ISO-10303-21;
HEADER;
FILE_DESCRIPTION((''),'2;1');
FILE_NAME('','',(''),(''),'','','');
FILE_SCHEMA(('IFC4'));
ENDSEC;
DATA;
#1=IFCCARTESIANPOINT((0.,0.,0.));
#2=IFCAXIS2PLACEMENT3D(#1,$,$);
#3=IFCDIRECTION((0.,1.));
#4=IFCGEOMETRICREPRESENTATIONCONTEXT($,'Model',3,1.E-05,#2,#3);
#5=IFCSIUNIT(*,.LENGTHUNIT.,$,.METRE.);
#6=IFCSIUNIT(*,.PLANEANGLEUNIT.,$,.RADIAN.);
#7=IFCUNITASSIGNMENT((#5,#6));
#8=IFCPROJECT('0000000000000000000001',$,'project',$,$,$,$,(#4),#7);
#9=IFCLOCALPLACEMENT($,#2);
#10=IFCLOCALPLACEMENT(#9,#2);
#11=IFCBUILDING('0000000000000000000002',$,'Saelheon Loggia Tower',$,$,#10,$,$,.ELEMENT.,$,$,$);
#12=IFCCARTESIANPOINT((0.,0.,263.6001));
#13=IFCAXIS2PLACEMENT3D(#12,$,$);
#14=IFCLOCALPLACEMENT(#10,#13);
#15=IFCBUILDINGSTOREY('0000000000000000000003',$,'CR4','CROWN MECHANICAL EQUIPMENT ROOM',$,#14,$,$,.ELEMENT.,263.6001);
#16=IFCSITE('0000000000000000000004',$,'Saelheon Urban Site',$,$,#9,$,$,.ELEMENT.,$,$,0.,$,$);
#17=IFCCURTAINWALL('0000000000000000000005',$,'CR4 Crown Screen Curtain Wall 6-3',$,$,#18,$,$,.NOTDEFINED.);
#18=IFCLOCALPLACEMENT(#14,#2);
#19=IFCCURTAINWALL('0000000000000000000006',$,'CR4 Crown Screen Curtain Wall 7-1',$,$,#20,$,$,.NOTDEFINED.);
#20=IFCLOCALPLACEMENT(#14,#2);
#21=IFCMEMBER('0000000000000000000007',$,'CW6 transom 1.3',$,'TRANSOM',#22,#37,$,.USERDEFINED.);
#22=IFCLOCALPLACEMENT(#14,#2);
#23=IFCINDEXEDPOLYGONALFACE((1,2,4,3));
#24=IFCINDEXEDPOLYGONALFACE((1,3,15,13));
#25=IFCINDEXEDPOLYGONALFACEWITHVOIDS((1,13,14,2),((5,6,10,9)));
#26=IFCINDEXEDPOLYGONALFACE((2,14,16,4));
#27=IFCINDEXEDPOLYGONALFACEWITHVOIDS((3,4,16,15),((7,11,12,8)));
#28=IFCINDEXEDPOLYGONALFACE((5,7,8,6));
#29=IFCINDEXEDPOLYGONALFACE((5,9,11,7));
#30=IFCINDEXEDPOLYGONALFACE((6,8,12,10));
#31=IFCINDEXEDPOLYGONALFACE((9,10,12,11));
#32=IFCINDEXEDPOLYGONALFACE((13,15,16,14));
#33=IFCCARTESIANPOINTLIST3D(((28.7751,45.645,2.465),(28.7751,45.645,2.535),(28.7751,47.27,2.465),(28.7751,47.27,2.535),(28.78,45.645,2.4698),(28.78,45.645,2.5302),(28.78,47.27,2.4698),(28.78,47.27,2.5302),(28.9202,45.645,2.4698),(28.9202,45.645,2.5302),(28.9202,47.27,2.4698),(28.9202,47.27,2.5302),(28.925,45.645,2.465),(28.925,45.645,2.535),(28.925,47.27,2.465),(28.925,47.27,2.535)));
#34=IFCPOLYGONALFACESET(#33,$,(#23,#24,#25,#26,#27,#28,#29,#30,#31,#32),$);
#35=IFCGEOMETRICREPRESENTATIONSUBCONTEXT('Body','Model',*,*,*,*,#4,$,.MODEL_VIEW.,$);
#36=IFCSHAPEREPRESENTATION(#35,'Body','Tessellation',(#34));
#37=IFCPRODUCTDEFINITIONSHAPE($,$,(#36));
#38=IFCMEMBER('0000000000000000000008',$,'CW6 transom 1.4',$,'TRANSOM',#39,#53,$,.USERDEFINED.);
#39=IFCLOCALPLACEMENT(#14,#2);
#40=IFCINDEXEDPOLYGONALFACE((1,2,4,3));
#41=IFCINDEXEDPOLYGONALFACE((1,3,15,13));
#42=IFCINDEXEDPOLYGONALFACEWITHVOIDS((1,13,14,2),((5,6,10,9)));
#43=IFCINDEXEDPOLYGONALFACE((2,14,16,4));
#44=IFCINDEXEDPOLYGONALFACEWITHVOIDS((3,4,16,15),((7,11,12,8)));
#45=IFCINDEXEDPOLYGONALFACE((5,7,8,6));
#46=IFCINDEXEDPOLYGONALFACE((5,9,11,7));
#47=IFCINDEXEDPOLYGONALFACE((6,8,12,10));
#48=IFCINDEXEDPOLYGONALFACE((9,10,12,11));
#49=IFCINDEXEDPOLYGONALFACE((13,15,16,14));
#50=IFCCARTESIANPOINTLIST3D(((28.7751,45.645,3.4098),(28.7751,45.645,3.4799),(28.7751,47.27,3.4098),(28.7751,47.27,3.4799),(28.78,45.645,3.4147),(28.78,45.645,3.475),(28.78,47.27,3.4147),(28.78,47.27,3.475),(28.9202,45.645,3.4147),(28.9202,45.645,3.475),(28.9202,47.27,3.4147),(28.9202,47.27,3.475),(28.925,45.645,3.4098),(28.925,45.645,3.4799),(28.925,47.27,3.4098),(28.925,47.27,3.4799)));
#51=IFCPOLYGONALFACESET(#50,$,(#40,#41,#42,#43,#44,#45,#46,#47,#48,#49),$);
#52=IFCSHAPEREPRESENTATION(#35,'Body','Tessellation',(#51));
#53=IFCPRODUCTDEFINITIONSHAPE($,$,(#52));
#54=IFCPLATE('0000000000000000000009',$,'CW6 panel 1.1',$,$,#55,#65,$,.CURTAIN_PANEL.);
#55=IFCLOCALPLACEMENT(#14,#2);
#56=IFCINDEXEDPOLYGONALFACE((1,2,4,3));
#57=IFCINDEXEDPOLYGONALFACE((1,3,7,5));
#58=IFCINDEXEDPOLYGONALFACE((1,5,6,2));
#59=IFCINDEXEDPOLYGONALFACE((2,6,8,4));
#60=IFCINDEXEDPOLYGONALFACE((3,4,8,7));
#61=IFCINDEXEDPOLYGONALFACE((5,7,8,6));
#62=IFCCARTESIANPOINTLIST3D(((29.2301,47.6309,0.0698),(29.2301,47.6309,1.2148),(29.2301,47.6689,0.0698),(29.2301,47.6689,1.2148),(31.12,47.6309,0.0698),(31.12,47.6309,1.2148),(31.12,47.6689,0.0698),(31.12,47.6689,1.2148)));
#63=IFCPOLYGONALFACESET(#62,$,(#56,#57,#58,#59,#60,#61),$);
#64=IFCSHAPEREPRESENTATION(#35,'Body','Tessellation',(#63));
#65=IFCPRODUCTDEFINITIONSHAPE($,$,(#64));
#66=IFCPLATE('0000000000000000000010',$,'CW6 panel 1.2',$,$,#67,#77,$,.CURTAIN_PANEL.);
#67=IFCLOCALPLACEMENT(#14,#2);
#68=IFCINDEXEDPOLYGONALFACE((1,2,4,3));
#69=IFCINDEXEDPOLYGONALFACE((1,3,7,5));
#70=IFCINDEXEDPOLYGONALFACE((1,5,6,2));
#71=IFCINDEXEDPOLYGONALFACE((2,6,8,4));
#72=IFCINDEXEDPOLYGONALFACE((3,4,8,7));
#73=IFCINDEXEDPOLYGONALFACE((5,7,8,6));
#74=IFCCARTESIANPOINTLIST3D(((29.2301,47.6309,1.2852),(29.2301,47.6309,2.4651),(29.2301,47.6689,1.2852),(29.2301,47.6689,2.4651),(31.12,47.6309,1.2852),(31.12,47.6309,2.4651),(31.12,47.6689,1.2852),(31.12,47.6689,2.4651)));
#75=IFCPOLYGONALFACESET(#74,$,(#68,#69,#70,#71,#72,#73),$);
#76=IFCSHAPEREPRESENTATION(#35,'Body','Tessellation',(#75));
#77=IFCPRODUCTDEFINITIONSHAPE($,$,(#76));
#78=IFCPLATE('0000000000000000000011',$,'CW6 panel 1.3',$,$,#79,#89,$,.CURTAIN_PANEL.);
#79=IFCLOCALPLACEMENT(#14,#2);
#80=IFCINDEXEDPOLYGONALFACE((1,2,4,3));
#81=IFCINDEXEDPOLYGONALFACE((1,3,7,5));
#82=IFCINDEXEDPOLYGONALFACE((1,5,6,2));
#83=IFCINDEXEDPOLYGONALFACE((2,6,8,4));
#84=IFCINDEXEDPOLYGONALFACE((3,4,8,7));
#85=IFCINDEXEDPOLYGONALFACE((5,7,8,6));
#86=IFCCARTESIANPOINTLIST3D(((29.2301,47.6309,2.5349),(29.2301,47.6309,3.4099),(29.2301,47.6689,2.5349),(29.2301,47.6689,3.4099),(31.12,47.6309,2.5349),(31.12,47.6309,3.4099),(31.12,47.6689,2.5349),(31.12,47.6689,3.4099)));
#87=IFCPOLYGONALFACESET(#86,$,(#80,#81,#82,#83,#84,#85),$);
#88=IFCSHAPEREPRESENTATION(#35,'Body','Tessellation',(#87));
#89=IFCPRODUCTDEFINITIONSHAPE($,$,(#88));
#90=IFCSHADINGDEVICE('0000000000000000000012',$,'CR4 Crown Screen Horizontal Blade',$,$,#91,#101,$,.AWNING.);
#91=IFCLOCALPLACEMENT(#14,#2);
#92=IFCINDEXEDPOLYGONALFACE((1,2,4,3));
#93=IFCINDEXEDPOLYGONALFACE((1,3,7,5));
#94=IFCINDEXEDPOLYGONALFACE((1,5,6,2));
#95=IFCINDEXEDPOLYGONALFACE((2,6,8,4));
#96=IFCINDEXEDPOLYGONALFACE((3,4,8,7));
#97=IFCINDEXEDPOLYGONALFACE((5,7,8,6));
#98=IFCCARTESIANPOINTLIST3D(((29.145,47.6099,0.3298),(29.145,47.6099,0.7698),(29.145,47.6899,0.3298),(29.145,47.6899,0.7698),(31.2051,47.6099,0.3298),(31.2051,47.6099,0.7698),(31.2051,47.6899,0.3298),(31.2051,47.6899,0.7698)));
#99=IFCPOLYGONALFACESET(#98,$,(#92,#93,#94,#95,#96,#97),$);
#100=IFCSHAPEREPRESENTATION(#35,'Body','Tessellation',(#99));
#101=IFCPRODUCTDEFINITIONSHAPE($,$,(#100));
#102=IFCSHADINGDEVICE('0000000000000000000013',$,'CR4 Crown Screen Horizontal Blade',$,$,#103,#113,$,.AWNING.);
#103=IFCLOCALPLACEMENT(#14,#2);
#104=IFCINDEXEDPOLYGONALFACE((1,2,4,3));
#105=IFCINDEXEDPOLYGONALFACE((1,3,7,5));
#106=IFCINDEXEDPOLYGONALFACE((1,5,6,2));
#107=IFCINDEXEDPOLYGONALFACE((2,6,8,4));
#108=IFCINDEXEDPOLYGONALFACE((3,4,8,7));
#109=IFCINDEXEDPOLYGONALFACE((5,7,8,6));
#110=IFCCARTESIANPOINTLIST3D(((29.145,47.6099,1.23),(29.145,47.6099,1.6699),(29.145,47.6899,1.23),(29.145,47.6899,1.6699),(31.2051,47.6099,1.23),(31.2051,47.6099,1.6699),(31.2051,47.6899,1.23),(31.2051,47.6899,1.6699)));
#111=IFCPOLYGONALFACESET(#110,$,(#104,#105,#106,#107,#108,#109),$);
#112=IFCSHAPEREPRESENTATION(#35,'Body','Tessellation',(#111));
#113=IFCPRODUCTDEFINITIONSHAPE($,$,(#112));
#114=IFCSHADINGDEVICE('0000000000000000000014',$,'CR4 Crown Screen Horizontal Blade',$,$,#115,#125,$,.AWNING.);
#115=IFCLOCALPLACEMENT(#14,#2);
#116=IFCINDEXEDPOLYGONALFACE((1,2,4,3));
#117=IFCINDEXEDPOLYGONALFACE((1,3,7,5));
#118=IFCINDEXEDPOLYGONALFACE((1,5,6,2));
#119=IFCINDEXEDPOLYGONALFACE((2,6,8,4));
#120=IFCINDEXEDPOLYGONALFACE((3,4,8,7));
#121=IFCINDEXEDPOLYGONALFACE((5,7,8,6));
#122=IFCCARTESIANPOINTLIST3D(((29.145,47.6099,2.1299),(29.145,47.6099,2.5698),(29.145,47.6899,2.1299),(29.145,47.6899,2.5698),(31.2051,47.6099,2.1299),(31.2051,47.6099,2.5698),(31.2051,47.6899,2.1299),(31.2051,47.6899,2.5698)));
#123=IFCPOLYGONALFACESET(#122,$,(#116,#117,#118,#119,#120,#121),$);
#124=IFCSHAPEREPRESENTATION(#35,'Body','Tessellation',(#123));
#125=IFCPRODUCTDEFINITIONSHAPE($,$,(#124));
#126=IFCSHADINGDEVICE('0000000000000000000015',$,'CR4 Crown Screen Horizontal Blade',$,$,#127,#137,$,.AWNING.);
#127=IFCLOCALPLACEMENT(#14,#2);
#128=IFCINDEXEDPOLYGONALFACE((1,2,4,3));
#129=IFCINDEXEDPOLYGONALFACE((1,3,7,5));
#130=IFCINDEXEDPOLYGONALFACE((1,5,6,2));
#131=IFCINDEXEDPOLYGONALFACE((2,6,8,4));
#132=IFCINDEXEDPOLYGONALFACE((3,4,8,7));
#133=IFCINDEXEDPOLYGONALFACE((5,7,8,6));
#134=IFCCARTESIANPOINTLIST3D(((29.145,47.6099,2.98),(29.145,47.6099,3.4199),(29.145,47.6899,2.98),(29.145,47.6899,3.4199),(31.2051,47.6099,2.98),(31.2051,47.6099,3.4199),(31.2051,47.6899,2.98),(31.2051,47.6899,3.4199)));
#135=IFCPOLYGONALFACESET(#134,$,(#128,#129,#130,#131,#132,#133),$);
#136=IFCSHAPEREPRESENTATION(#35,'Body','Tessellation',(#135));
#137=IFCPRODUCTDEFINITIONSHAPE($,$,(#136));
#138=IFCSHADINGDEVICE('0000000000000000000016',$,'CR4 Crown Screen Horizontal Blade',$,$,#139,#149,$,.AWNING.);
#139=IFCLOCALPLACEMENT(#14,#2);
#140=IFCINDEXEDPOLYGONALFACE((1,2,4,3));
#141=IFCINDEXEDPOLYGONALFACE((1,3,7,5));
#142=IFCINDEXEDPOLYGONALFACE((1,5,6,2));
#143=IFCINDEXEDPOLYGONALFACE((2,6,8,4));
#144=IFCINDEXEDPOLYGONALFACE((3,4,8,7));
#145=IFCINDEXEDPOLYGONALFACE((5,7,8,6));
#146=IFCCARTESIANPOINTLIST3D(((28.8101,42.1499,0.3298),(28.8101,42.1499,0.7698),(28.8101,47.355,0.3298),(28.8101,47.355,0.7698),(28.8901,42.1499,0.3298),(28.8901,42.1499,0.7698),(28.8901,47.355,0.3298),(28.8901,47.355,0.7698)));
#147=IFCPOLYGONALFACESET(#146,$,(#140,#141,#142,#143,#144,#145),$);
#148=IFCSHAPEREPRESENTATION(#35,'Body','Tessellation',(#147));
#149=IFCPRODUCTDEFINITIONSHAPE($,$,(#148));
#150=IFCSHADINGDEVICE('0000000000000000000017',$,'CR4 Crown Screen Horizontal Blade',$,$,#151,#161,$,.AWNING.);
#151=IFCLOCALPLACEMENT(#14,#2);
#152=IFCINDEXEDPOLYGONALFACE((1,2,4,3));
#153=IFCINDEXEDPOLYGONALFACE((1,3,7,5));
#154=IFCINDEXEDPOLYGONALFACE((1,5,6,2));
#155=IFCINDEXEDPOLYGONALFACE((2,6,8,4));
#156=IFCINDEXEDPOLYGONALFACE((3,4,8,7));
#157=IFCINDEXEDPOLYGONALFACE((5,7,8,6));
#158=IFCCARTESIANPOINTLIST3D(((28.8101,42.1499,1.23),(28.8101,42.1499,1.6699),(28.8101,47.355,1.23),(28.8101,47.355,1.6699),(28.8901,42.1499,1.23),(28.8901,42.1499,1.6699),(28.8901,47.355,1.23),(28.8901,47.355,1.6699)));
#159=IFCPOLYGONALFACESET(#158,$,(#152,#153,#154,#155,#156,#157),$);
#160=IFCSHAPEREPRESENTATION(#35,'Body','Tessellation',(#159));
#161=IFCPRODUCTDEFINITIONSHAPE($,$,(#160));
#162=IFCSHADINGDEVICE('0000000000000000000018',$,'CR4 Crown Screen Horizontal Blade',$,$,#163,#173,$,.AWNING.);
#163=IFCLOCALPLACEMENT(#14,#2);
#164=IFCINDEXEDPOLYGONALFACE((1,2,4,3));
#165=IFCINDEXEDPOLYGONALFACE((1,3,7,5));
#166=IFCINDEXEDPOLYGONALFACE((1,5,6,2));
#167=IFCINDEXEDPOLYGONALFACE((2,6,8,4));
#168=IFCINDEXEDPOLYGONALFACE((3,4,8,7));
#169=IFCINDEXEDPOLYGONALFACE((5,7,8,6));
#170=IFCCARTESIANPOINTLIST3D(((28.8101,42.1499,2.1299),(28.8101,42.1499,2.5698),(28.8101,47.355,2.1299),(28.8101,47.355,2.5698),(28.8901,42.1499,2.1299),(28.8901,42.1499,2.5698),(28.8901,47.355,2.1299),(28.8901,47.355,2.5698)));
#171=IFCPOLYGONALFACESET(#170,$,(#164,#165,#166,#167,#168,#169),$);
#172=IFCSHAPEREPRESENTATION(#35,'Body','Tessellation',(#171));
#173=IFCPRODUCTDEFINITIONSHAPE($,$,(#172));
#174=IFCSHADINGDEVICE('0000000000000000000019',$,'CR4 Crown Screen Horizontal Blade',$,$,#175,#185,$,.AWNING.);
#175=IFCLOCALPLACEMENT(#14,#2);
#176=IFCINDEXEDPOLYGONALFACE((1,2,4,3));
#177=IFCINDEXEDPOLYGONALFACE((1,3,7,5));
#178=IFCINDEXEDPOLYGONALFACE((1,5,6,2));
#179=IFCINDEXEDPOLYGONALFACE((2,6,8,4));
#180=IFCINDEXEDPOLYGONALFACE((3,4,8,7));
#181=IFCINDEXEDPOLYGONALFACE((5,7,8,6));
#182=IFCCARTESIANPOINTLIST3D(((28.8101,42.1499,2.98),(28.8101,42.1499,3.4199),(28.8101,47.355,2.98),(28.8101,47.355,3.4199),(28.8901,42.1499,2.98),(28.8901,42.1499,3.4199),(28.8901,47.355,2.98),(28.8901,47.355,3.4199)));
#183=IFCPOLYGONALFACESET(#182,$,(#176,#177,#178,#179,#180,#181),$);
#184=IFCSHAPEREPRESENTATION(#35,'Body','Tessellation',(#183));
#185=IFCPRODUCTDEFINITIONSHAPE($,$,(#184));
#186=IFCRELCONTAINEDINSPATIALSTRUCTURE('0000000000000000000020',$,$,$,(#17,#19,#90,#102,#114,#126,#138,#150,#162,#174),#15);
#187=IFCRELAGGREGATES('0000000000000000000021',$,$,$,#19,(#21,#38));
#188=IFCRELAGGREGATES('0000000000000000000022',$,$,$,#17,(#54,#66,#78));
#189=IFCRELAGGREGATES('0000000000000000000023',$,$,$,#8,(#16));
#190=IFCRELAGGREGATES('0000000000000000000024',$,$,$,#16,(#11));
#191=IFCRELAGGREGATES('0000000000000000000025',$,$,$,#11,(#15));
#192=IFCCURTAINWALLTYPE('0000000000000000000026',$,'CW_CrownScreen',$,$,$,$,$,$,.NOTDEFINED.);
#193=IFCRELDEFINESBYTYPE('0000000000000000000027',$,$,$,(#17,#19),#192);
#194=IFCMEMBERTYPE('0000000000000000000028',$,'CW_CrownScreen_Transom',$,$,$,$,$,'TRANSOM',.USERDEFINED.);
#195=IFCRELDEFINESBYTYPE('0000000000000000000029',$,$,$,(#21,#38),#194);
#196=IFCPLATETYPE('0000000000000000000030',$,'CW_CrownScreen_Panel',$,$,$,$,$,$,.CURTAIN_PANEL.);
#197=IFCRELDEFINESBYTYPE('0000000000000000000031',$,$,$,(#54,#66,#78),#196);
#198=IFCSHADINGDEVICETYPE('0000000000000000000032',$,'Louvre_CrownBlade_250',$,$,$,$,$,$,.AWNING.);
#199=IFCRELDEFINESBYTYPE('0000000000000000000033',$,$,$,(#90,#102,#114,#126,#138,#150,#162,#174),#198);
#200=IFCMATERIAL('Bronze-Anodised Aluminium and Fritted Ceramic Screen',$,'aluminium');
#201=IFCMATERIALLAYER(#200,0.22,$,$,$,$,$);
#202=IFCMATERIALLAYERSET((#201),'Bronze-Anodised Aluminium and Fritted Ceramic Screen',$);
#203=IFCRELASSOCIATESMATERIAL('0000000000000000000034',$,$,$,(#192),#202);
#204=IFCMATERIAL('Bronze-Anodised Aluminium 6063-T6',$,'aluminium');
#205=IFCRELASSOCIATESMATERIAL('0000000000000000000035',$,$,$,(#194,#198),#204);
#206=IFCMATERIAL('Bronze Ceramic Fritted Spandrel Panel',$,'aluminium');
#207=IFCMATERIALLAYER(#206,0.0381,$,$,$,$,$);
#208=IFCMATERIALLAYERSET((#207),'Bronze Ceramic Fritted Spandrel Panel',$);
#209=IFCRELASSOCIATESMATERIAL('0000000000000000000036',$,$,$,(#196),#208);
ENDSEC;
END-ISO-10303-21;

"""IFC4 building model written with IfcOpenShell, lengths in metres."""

from ifc_helpers import new_model, si_unit, direction, frame, origin, origin_2d, place, context, subcontext, project, spatial, rectangle, hollow_rectangle, extrude, source, transform, mapped, material, layer, layer_set, material_profile, profile_set, type_object, element, aggregate, save


model = new_model("IFC4")

# Units and contexts
model_context = context("Model", 3, precision=1e-05, world=origin(), true_north=direction((0.0, 1.0)))
body_context = subcontext(model_context, "Body", "Model", "MODEL_VIEW")
ifc_project = project(units=[si_unit("LENGTHUNIT", "METRE"), si_unit("PLANEANGLEUNIT", "RADIAN")], contexts=[model_context])

# Site, building, storey
site_placement = place(None, origin())
site = spatial("IfcSite", under=ifc_project, at=site_placement, Name="Saelheon Urban Site", CompositionType="ELEMENT", RefElevation=0.0)
building_placement = place(site_placement, origin())
building = spatial("IfcBuilding", under=site, at=building_placement, Name="Saelheon Loggia Tower", CompositionType="ELEMENT")
storey_placement = place(building_placement, frame((0.0, 0.0, 263.6001)))
storey = spatial("IfcBuildingStorey", under=building, at=storey_placement, Name="CR4", Description="CROWN MECHANICAL EQUIPMENT ROOM", CompositionType="ELEMENT", Elevation=263.6001)

# Curtain wall
ifc_material_1 = material(Name="Bronze-Anodised Aluminium and Fritted Ceramic Screen", Category="aluminium")
ifc_layer_1 = layer(ifc_material_1, 0.22)
ifc_layer_set_1 = layer_set([ifc_layer_1], Name="Bronze-Anodised Aluminium and Fritted Ceramic Screen")
curtain_wall_type = type_object("IfcCurtainWallType", Name="CW_CrownScreen", PredefinedType="NOTDEFINED", material=ifc_layer_set_1)
curtain_wall_1_placement = place(storey_placement, origin())
curtain_wall_1 = element("IfcCurtainWall", 1, at=curtain_wall_1_placement, inside=storey, type_object=curtain_wall_type, Name="CR4 Crown Screen Curtain Wall 6-3", PredefinedType="NOTDEFINED")
ifc_material_2 = material(Name="Bronze-Anodised Aluminium 6063-T6", Category="aluminium")

# Curtain wall
curtain_wall_2_placement = place(storey_placement, origin())
curtain_wall_2 = element("IfcCurtainWall", 2, at=curtain_wall_2_placement, inside=storey, type_object=curtain_wall_type, Name="CR4 Crown Screen Curtain Wall 7-1", PredefinedType="NOTDEFINED")

# Members
ifc_material_profile_1 = material_profile(ifc_material_2, hollow_rectangle(XDim=0.0701, YDim=0.1499, WallThickness=0.0049, at=origin_2d()), Name="RHS-150x70x5")
ifc_profile_set_1 = profile_set([ifc_material_profile_1], Name="Bronze-Anodised Aluminium 6063-T6")
member_type_1 = type_object("IfcMemberType", Name="CW_CrownScreen_Transom", ElementType="TRANSOM", PredefinedType="USERDEFINED", material=ifc_profile_set_1)
shared_shape_1 = source(origin(), body_context, "Body", "SweptSolid", [
    extrude(hollow_rectangle(XDim=0.0701, YDim=0.1499, WallThickness=0.0049, at=origin_2d()), origin(), (0.0, 0.0, 1.0), 1.625),
])
member_1_placement = place(storey_placement, frame((28.8501, 47.27, 2.5), z_axis=(0.0, -1.0, 0.0), x_axis=(0.0, 0.0, 1.0)))
member_1 = element("IfcMember", 3, at=member_1_placement, type_object=member_type_1, Name="CW6 transom 1.3", ObjectType="TRANSOM", PredefinedType="USERDEFINED", context=body_context, shape_type="MappedRepresentation", body=[
    mapped(shared_shape_1, transform((0.0, 0.0, 0.0), scale=1.0)),
])
member_2_placement = place(storey_placement, frame((28.8501, 47.27, 3.4448), z_axis=(0.0, -1.0, 0.0), x_axis=(0.0, 0.0, 1.0)))
member_2 = element("IfcMember", 4, at=member_2_placement, type_object=member_type_1, Name="CW6 transom 1.4", ObjectType="TRANSOM", PredefinedType="USERDEFINED", context=body_context, shape_type="MappedRepresentation", body=[
    mapped(shared_shape_1, transform((0.0, 0.0, 0.0), scale=1.0)),
])
aggregate(curtain_wall_2, [member_1, member_2])

# Plates
ifc_material_3 = material(Name="Bronze Ceramic Fritted Spandrel Panel", Category="aluminium")
ifc_layer_2 = layer(ifc_material_3, 0.0381)
ifc_layer_set_2 = layer_set([ifc_layer_2], Name="Bronze Ceramic Fritted Spandrel Panel")
plate_type = type_object("IfcPlateType", Name="CW_CrownScreen_Panel", PredefinedType="CURTAIN_PANEL", material=ifc_layer_set_2)
shared_shape_2 = source(origin(), body_context, "Body", "SweptSolid", [
    extrude(rectangle(XDim=1.8899, YDim=0.0381, at=origin_2d()), origin(), (0.0, 0.0, 1.0), 1.145),
])
plate_1_placement = place(storey_placement, frame((30.175, 47.6499, 0.0698), z_axis=(0.0, 0.0, 1.0), x_axis=(-1.0, 0.0, 0.0)))
plate_1 = element("IfcPlate", 5, at=plate_1_placement, type_object=plate_type, Name="CW6 panel 1.1", PredefinedType="CURTAIN_PANEL", context=body_context, shape_type="MappedRepresentation", body=[
    mapped(shared_shape_2, transform((0.0, 0.0, 0.0), scale=1.0)),
])
shared_shape_3 = source(origin(), body_context, "Body", "SweptSolid", [
    extrude(rectangle(XDim=1.8899, YDim=0.0381, at=origin_2d()), origin(), (0.0, 0.0, 1.0), 1.1799),
])
plate_2_placement = place(storey_placement, frame((30.175, 47.6499, 1.2852), z_axis=(0.0, 0.0, 1.0), x_axis=(-1.0, 0.0, 0.0)))
plate_2 = element("IfcPlate", 6, at=plate_2_placement, type_object=plate_type, Name="CW6 panel 1.2", PredefinedType="CURTAIN_PANEL", context=body_context, shape_type="MappedRepresentation", body=[
    mapped(shared_shape_3, transform((0.0, 0.0, 0.0), scale=1.0)),
])
shared_shape_4 = source(origin(), body_context, "Body", "SweptSolid", [
    extrude(rectangle(XDim=1.8899, YDim=0.0381, at=origin_2d()), origin(), (0.0, 0.0, 1.0), 0.875),
])
plate_3_placement = place(storey_placement, frame((30.175, 47.6499, 2.5349), z_axis=(0.0, 0.0, 1.0), x_axis=(-1.0, 0.0, 0.0)))
plate_3 = element("IfcPlate", 7, at=plate_3_placement, type_object=plate_type, Name="CW6 panel 1.3", PredefinedType="CURTAIN_PANEL", context=body_context, shape_type="MappedRepresentation", body=[
    mapped(shared_shape_4, transform((0.0, 0.0, 0.0), scale=1.0)),
])
aggregate(curtain_wall_1, [plate_1, plate_2, plate_3])

# Shading devices
ifc_material_profile_2 = material_profile(ifc_material_2, rectangle(XDim=0.0801, YDim=0.4399, at=origin_2d()), Name="Louvre_CrownBlade_250")
ifc_profile_set_2 = profile_set([ifc_material_profile_2], Name="Bronze-Anodised Aluminium 6063-T6")
shading_device_type = type_object("IfcShadingDeviceType", Name="Louvre_CrownBlade_250", PredefinedType="AWNING", material=ifc_profile_set_2)
shared_shape_5 = source(origin(), body_context, "Body", "SweptSolid", [
    extrude(rectangle(XDim=0.0801, YDim=0.4399, at=origin_2d()), origin(), (0.0, 0.0, 1.0), 2.0601),
])
for number, where, z_axis, x_axis, name in (
    (8, (31.2051, 47.6499, 0.5498), (-1.0, 0.0, 0.0), (0.0, -1.0, 0.0), "CR4 Crown Screen Horizontal Blade"),
    (9, (31.2051, 47.6499, 1.45), (-1.0, 0.0, 0.0), (0.0, -1.0, 0.0), "CR4 Crown Screen Horizontal Blade"),
    (10, (31.2051, 47.6499, 2.3499), (-1.0, 0.0, 0.0), (0.0, -1.0, 0.0), "CR4 Crown Screen Horizontal Blade"),
    (11, (31.2051, 47.6499, 3.2), (-1.0, 0.0, 0.0), (0.0, -1.0, 0.0), "CR4 Crown Screen Horizontal Blade"),
):
    element("IfcShadingDevice", number, at=place(storey_placement, frame(where, z_axis=z_axis, x_axis=x_axis)), inside=storey, type_object=shading_device_type, Name=name, PredefinedType="AWNING", context=body_context, shape_type="MappedRepresentation", body=[
        mapped(shared_shape_5, transform((0.0, 0.0, 0.0), scale=1.0)),
    ])
shared_shape_6 = source(origin(), body_context, "Body", "SweptSolid", [
    extrude(rectangle(XDim=0.0801, YDim=0.4399, at=origin_2d()), origin(), (0.0, 0.0, 1.0), 5.2051),
])
for number, where, z_axis, x_axis, name in (
    (12, (28.8501, 47.355, 0.5498), (0.0, -1.0, 0.0), (1.0, 0.0, 0.0), "CR4 Crown Screen Horizontal Blade"),
    (13, (28.8501, 47.355, 1.45), (0.0, -1.0, 0.0), (1.0, 0.0, 0.0), "CR4 Crown Screen Horizontal Blade"),
    (14, (28.8501, 47.355, 2.3499), (0.0, -1.0, 0.0), (1.0, 0.0, 0.0), "CR4 Crown Screen Horizontal Blade"),
    (15, (28.8501, 47.355, 3.2), (0.0, -1.0, 0.0), (1.0, 0.0, 0.0), "CR4 Crown Screen Horizontal Blade"),
):
    element("IfcShadingDevice", number, at=place(storey_placement, frame(where, z_axis=z_axis, x_axis=x_axis)), inside=storey, type_object=shading_device_type, Name=name, PredefinedType="AWNING", context=body_context, shape_type="MappedRepresentation", body=[
        mapped(shared_shape_6, transform((0.0, 0.0, 0.0), scale=1.0)),
    ])

save(model, "model.ifc")
